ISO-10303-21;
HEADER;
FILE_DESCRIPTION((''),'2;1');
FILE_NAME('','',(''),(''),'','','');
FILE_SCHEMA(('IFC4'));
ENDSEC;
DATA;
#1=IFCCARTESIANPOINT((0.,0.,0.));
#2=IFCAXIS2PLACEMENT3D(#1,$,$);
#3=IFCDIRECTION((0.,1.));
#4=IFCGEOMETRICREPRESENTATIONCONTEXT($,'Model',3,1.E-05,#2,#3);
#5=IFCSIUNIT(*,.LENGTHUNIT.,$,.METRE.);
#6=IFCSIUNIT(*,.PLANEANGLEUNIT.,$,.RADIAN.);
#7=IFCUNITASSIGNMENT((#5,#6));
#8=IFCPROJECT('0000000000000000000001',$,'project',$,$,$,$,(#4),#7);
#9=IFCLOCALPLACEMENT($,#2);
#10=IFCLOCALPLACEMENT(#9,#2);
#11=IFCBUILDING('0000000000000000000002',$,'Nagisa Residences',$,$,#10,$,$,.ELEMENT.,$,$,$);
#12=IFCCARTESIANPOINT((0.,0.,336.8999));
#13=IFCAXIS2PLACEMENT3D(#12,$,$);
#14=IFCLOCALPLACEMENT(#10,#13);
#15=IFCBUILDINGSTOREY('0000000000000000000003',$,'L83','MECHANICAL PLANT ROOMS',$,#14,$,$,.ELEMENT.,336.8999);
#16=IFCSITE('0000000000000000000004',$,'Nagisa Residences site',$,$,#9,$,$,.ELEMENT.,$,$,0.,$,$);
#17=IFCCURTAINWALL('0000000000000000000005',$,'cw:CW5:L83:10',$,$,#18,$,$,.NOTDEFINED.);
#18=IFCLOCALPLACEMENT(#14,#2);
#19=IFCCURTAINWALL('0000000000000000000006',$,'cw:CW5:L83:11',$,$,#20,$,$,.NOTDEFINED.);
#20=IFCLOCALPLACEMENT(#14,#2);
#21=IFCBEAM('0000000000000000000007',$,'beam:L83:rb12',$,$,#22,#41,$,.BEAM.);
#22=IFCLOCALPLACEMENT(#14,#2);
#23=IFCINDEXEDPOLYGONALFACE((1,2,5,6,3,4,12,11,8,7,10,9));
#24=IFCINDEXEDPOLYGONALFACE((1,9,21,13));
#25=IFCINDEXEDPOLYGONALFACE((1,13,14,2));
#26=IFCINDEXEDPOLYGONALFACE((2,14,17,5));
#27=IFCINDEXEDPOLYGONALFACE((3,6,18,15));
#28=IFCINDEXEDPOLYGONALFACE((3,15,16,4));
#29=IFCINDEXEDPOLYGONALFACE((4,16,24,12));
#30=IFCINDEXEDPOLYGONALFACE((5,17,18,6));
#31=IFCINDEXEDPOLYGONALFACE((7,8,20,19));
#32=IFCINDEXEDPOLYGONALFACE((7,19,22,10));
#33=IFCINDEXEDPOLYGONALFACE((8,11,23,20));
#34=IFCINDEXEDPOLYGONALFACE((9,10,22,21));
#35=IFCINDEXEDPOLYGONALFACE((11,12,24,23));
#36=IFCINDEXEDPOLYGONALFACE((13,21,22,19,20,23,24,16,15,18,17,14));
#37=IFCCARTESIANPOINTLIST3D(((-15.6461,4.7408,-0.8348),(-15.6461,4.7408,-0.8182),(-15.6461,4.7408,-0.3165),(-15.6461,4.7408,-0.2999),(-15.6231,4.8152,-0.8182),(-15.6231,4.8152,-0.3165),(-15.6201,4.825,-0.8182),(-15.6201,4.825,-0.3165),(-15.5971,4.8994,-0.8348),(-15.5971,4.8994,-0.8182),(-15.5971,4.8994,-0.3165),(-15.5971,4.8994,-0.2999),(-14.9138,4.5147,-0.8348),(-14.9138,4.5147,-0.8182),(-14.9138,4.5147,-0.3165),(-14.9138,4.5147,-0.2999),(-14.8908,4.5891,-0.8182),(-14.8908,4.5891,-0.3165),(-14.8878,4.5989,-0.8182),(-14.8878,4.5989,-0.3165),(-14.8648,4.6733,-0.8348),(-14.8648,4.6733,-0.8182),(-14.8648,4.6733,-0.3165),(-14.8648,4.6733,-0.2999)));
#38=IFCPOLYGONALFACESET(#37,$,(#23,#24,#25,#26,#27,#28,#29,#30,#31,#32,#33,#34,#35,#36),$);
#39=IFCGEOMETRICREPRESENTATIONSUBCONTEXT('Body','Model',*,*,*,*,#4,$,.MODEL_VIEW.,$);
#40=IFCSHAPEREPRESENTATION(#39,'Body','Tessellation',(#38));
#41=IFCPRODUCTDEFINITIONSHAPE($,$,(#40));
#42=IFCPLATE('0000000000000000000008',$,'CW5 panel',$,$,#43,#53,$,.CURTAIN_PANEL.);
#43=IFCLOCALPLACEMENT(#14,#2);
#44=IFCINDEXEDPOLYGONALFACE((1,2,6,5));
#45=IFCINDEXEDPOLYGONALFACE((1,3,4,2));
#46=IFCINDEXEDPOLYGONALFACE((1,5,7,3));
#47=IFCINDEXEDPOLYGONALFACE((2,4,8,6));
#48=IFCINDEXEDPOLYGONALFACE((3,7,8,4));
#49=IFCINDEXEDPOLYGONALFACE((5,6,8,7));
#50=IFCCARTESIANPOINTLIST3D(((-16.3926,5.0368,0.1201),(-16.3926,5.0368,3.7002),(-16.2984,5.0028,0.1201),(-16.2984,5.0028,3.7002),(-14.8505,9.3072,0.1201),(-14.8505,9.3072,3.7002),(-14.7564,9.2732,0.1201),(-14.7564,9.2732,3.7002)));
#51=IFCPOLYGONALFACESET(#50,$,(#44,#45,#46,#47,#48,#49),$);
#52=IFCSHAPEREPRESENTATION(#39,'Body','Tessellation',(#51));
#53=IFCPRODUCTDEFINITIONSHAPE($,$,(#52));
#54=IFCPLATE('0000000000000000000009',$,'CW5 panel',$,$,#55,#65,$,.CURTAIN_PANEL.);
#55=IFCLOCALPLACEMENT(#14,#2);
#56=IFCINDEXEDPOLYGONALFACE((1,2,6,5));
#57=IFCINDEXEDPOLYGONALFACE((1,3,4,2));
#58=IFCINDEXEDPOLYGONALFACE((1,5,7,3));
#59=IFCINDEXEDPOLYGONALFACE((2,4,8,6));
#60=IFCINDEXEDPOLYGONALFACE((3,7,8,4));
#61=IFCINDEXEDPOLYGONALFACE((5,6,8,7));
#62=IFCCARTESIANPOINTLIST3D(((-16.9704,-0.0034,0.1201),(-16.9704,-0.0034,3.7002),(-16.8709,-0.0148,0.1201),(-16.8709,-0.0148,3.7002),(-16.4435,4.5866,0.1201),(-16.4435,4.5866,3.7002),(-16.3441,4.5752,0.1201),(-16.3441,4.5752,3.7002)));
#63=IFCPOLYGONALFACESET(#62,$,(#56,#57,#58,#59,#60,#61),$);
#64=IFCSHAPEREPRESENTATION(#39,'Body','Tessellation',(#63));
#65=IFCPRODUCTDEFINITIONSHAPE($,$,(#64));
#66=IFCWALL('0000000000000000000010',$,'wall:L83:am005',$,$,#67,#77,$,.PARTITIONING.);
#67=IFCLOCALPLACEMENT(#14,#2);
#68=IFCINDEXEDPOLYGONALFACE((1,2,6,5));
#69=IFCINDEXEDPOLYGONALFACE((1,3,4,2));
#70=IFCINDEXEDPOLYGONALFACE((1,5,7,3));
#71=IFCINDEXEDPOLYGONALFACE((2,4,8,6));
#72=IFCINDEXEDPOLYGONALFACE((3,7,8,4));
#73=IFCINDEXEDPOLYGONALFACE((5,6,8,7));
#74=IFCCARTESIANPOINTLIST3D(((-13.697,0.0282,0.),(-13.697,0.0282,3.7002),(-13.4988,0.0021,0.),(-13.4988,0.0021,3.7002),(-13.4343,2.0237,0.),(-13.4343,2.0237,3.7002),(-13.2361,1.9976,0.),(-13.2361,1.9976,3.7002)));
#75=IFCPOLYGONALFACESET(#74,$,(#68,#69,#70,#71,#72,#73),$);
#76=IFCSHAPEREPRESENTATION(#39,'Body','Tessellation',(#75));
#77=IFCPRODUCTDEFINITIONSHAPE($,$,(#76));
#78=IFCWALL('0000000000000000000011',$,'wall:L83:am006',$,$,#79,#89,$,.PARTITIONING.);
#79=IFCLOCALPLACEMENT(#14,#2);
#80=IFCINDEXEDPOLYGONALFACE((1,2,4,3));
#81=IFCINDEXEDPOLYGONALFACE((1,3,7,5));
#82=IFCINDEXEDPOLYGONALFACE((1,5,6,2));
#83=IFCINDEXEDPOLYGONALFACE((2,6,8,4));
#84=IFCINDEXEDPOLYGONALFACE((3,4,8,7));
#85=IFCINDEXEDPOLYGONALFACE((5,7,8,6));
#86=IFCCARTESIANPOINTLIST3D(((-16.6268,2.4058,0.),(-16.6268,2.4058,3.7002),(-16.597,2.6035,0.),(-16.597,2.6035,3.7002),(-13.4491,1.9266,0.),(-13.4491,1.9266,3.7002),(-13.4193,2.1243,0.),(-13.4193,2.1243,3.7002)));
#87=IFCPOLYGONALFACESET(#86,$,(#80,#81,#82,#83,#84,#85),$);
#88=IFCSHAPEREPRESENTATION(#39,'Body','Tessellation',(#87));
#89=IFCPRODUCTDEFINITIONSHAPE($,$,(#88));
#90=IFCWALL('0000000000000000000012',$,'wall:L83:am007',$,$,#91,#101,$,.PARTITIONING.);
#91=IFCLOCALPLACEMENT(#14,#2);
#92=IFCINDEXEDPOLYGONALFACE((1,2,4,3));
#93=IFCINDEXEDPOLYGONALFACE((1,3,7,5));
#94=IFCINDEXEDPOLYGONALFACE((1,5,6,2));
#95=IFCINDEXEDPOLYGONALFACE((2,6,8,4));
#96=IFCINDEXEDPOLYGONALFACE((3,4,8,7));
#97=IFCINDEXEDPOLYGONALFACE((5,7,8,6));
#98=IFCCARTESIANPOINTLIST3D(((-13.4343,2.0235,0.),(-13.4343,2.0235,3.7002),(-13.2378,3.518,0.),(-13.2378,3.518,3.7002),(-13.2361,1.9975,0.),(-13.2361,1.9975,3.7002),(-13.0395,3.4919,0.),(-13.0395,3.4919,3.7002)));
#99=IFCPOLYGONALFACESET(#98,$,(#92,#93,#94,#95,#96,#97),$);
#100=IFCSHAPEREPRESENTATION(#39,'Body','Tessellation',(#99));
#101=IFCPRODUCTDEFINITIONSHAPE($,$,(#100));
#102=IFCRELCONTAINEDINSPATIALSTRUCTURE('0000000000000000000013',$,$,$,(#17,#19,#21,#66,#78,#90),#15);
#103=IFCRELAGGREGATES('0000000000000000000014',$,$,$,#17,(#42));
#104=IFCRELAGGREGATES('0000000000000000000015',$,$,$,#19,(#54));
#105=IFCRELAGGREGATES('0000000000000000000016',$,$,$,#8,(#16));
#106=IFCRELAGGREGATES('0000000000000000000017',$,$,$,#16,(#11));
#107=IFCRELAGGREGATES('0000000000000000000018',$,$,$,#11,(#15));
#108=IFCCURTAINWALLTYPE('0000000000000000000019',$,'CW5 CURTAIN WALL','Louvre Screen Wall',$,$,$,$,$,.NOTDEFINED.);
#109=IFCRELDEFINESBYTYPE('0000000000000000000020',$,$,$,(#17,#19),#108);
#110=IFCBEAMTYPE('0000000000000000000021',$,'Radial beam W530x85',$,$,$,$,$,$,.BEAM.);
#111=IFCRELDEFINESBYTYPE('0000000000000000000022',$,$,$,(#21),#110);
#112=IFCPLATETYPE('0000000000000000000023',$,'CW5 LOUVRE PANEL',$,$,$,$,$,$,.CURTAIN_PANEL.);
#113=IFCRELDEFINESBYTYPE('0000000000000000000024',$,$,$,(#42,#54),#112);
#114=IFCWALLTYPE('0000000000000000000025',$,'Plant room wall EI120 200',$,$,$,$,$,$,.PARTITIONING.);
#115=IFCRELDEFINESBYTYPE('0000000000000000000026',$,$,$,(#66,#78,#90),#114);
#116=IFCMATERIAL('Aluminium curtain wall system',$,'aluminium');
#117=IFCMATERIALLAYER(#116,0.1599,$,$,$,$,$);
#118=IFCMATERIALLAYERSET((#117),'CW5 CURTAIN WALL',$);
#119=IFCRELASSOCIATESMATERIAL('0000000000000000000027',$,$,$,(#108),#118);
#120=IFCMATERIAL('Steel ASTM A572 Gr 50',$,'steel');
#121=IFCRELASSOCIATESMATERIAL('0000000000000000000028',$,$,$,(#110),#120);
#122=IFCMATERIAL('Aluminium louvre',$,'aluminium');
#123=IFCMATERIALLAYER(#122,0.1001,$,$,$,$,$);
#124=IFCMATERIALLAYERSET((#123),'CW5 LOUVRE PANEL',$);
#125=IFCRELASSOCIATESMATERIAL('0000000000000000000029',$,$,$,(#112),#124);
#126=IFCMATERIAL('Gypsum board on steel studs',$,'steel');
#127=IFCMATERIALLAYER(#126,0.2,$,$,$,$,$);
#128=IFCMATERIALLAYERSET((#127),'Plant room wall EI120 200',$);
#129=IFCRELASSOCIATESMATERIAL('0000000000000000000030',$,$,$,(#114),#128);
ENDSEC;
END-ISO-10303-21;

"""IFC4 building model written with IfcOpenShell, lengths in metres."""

from ifc_helpers import new_model, si_unit, direction, frame, frame_2d, origin, origin_2d, place, context, subcontext, project, spatial, rectangle, i_section, extrude, material, layer, layer_set, material_profile, profile_set, type_object, element, aggregate, save


model = new_model("IFC4")

# Units and contexts
model_context = context("Model", 3, precision=1e-05, world=origin(), true_north=direction((0.0, 1.0)))
body_context = subcontext(model_context, "Body", "Model", "MODEL_VIEW")
ifc_project = project(units=[si_unit("LENGTHUNIT", "METRE"), si_unit("PLANEANGLEUNIT", "RADIAN")], contexts=[model_context])

# Site, building, storey
site_placement = place(None, origin())
site = spatial("IfcSite", under=ifc_project, at=site_placement, Name="Nagisa Residences site", CompositionType="ELEMENT", RefElevation=0.0)
building_placement = place(site_placement, origin())
building = spatial("IfcBuilding", under=site, at=building_placement, Name="Nagisa Residences", CompositionType="ELEMENT")
storey_placement = place(building_placement, frame((0.0, 0.0, 336.8999)))
storey = spatial("IfcBuildingStorey", under=building, at=storey_placement, Name="L83", Description="MECHANICAL PLANT ROOMS", CompositionType="ELEMENT", Elevation=336.8999)

# Curtain wall
ifc_material_1 = material(Name="Aluminium curtain wall system", Category="aluminium")
ifc_layer_1 = layer(ifc_material_1, 0.1599)
ifc_layer_set_1 = layer_set([ifc_layer_1], Name="CW5 CURTAIN WALL")
curtain_wall_type = type_object("IfcCurtainWallType", Name="CW5 CURTAIN WALL", Description="Louvre Screen Wall", PredefinedType="NOTDEFINED", material=ifc_layer_set_1)
curtain_wall_1_placement = place(storey_placement, origin())
curtain_wall_1 = element("IfcCurtainWall", 1, at=curtain_wall_1_placement, inside=storey, type_object=curtain_wall_type, Name="cw:CW5:L83:10", PredefinedType="NOTDEFINED")

# Curtain wall
curtain_wall_2_placement = place(storey_placement, origin())
curtain_wall_2 = element("IfcCurtainWall", 2, at=curtain_wall_2_placement, inside=storey, type_object=curtain_wall_type, Name="cw:CW5:L83:11", PredefinedType="NOTDEFINED")

# Beam
ifc_material_2 = material(Name="Steel ASTM A572 Gr 50", Category="steel")
ifc_material_profile_1 = material_profile(ifc_material_2, i_section(OverallWidth=0.166, OverallDepth=0.5349, WebThickness=0.0103, FlangeThickness=0.0166, at=origin_2d()), Name="W530x85")
ifc_profile_set_1 = profile_set([ifc_material_profile_1], Name="Steel ASTM A572 Gr 50")
beam_type_1 = type_object("IfcBeamType", Name="Radial beam W530x85", PredefinedType="BEAM", material=ifc_profile_set_1)
beam_1_placement = place(storey_placement, frame((-15.6216, 4.8201, -0.5674), z_axis=(0.955489, -0.295026, 0.0), x_axis=(0.295026, 0.955489, 0.0)))
element("IfcBeam", 3, at=beam_1_placement, inside=storey, type_object=beam_type_1, Name="beam:L83:rb12", PredefinedType="BEAM", context=body_context, shape_type="SweptSolid", body=[
    extrude(i_section(OverallWidth=0.166, OverallDepth=0.5349, WebThickness=0.0103, FlangeThickness=0.0166, at=origin_2d()), origin(), (0.0, 0.0, 1.0), 0.7664),
])

# Plates
ifc_material_3 = material(Name="Aluminium louvre", Category="aluminium")
ifc_layer_2 = layer(ifc_material_3, 0.1001)
ifc_layer_set_2 = layer_set([ifc_layer_2], Name="CW5 LOUVRE PANEL")
plate_type = type_object("IfcPlateType", Name="CW5 LOUVRE PANEL", PredefinedType="CURTAIN_PANEL", material=ifc_layer_set_2)
plate_1_placement = place(storey_placement, frame((-15.5745, 7.155, 0.1201), z_axis=(0.0, 0.0, 1.0), x_axis=(-0.339643, -0.940554, 0.0)))
plate_1 = element("IfcPlate", 4, at=plate_1_placement, type_object=plate_type, Name="CW5 panel", PredefinedType="CURTAIN_PANEL", context=body_context, shape_type="SweptSolid", body=[
    extrude(rectangle(XDim=4.5403, YDim=0.1001, at=origin_2d()), origin(), (0.0, 0.0, 1.0), 3.5801),
])
aggregate(curtain_wall_1, [plate_1])
plate_2_placement = place(storey_placement, frame((-16.6572, 2.2859, 0.1201), z_axis=(0.0, 0.0, 1.0), x_axis=(-0.114025, -0.993478, 0.0)))
plate_2 = element("IfcPlate", 5, at=plate_2_placement, type_object=plate_type, Name="CW5 panel", PredefinedType="CURTAIN_PANEL", context=body_context, shape_type="SweptSolid", body=[
    extrude(rectangle(XDim=4.6201, YDim=0.1001, at=origin_2d()), origin(), (0.0, 0.0, 1.0), 3.5801),
])
aggregate(curtain_wall_2, [plate_2])

# Walls
ifc_material_4 = material(Name="Gypsum board on steel studs", Category="steel")
ifc_layer_3 = layer(ifc_material_4, 0.2)
ifc_layer_set_3 = layer_set([ifc_layer_3], Name="Plant room wall EI120 200")
wall_type = type_object("IfcWallType", Name="Plant room wall EI120 200", PredefinedType="PARTITIONING", material=ifc_layer_set_3)
wall_1_placement = place(storey_placement, frame((-13.5979, 0.0151, 0.0), z_axis=(0.0, 0.0, 1.0), x_axis=(0.130527, 0.991445, 0.0)))
element("IfcWall", 6, at=wall_1_placement, inside=storey, type_object=wall_type, Name="wall:L83:am005", PredefinedType="PARTITIONING", context=body_context, shape_type="SweptSolid", body=[
    extrude(rectangle(XDim=2.0127, YDim=0.2, at=frame_2d((1.0063, 0.0))), origin(), (0.0, 0.0, 1.0), 3.7002),
])
wall_2_placement = place(storey_placement, frame((-13.4341, 2.0254, 0.0), z_axis=(0.0, 0.0, 1.0), x_axis=(-0.988818, 0.149128, 0.0)))
element("IfcWall", 7, at=wall_2_placement, inside=storey, type_object=wall_type, Name="wall:L83:am006", PredefinedType="PARTITIONING", context=body_context, shape_type="SweptSolid", body=[
    extrude(rectangle(XDim=3.2136, YDim=0.2, at=frame_2d((1.6069, 0.0))), origin(), (0.0, 0.0, 1.0), 3.7002),
])
wall_3_placement = place(storey_placement, frame((-13.3352, 2.0105, 0.0), z_axis=(0.0, 0.0, 1.0), x_axis=(0.130392, 0.991463, 0.0)))
element("IfcWall", 8, at=wall_3_placement, inside=storey, type_object=wall_type, Name="wall:L83:am007", PredefinedType="PARTITIONING", context=body_context, shape_type="SweptSolid", body=[
    extrude(rectangle(XDim=1.5073, YDim=0.2, at=frame_2d((0.7537, 0.0))), origin(), (0.0, 0.0, 1.0), 3.7002),
])

save(model, "model.ifc")
